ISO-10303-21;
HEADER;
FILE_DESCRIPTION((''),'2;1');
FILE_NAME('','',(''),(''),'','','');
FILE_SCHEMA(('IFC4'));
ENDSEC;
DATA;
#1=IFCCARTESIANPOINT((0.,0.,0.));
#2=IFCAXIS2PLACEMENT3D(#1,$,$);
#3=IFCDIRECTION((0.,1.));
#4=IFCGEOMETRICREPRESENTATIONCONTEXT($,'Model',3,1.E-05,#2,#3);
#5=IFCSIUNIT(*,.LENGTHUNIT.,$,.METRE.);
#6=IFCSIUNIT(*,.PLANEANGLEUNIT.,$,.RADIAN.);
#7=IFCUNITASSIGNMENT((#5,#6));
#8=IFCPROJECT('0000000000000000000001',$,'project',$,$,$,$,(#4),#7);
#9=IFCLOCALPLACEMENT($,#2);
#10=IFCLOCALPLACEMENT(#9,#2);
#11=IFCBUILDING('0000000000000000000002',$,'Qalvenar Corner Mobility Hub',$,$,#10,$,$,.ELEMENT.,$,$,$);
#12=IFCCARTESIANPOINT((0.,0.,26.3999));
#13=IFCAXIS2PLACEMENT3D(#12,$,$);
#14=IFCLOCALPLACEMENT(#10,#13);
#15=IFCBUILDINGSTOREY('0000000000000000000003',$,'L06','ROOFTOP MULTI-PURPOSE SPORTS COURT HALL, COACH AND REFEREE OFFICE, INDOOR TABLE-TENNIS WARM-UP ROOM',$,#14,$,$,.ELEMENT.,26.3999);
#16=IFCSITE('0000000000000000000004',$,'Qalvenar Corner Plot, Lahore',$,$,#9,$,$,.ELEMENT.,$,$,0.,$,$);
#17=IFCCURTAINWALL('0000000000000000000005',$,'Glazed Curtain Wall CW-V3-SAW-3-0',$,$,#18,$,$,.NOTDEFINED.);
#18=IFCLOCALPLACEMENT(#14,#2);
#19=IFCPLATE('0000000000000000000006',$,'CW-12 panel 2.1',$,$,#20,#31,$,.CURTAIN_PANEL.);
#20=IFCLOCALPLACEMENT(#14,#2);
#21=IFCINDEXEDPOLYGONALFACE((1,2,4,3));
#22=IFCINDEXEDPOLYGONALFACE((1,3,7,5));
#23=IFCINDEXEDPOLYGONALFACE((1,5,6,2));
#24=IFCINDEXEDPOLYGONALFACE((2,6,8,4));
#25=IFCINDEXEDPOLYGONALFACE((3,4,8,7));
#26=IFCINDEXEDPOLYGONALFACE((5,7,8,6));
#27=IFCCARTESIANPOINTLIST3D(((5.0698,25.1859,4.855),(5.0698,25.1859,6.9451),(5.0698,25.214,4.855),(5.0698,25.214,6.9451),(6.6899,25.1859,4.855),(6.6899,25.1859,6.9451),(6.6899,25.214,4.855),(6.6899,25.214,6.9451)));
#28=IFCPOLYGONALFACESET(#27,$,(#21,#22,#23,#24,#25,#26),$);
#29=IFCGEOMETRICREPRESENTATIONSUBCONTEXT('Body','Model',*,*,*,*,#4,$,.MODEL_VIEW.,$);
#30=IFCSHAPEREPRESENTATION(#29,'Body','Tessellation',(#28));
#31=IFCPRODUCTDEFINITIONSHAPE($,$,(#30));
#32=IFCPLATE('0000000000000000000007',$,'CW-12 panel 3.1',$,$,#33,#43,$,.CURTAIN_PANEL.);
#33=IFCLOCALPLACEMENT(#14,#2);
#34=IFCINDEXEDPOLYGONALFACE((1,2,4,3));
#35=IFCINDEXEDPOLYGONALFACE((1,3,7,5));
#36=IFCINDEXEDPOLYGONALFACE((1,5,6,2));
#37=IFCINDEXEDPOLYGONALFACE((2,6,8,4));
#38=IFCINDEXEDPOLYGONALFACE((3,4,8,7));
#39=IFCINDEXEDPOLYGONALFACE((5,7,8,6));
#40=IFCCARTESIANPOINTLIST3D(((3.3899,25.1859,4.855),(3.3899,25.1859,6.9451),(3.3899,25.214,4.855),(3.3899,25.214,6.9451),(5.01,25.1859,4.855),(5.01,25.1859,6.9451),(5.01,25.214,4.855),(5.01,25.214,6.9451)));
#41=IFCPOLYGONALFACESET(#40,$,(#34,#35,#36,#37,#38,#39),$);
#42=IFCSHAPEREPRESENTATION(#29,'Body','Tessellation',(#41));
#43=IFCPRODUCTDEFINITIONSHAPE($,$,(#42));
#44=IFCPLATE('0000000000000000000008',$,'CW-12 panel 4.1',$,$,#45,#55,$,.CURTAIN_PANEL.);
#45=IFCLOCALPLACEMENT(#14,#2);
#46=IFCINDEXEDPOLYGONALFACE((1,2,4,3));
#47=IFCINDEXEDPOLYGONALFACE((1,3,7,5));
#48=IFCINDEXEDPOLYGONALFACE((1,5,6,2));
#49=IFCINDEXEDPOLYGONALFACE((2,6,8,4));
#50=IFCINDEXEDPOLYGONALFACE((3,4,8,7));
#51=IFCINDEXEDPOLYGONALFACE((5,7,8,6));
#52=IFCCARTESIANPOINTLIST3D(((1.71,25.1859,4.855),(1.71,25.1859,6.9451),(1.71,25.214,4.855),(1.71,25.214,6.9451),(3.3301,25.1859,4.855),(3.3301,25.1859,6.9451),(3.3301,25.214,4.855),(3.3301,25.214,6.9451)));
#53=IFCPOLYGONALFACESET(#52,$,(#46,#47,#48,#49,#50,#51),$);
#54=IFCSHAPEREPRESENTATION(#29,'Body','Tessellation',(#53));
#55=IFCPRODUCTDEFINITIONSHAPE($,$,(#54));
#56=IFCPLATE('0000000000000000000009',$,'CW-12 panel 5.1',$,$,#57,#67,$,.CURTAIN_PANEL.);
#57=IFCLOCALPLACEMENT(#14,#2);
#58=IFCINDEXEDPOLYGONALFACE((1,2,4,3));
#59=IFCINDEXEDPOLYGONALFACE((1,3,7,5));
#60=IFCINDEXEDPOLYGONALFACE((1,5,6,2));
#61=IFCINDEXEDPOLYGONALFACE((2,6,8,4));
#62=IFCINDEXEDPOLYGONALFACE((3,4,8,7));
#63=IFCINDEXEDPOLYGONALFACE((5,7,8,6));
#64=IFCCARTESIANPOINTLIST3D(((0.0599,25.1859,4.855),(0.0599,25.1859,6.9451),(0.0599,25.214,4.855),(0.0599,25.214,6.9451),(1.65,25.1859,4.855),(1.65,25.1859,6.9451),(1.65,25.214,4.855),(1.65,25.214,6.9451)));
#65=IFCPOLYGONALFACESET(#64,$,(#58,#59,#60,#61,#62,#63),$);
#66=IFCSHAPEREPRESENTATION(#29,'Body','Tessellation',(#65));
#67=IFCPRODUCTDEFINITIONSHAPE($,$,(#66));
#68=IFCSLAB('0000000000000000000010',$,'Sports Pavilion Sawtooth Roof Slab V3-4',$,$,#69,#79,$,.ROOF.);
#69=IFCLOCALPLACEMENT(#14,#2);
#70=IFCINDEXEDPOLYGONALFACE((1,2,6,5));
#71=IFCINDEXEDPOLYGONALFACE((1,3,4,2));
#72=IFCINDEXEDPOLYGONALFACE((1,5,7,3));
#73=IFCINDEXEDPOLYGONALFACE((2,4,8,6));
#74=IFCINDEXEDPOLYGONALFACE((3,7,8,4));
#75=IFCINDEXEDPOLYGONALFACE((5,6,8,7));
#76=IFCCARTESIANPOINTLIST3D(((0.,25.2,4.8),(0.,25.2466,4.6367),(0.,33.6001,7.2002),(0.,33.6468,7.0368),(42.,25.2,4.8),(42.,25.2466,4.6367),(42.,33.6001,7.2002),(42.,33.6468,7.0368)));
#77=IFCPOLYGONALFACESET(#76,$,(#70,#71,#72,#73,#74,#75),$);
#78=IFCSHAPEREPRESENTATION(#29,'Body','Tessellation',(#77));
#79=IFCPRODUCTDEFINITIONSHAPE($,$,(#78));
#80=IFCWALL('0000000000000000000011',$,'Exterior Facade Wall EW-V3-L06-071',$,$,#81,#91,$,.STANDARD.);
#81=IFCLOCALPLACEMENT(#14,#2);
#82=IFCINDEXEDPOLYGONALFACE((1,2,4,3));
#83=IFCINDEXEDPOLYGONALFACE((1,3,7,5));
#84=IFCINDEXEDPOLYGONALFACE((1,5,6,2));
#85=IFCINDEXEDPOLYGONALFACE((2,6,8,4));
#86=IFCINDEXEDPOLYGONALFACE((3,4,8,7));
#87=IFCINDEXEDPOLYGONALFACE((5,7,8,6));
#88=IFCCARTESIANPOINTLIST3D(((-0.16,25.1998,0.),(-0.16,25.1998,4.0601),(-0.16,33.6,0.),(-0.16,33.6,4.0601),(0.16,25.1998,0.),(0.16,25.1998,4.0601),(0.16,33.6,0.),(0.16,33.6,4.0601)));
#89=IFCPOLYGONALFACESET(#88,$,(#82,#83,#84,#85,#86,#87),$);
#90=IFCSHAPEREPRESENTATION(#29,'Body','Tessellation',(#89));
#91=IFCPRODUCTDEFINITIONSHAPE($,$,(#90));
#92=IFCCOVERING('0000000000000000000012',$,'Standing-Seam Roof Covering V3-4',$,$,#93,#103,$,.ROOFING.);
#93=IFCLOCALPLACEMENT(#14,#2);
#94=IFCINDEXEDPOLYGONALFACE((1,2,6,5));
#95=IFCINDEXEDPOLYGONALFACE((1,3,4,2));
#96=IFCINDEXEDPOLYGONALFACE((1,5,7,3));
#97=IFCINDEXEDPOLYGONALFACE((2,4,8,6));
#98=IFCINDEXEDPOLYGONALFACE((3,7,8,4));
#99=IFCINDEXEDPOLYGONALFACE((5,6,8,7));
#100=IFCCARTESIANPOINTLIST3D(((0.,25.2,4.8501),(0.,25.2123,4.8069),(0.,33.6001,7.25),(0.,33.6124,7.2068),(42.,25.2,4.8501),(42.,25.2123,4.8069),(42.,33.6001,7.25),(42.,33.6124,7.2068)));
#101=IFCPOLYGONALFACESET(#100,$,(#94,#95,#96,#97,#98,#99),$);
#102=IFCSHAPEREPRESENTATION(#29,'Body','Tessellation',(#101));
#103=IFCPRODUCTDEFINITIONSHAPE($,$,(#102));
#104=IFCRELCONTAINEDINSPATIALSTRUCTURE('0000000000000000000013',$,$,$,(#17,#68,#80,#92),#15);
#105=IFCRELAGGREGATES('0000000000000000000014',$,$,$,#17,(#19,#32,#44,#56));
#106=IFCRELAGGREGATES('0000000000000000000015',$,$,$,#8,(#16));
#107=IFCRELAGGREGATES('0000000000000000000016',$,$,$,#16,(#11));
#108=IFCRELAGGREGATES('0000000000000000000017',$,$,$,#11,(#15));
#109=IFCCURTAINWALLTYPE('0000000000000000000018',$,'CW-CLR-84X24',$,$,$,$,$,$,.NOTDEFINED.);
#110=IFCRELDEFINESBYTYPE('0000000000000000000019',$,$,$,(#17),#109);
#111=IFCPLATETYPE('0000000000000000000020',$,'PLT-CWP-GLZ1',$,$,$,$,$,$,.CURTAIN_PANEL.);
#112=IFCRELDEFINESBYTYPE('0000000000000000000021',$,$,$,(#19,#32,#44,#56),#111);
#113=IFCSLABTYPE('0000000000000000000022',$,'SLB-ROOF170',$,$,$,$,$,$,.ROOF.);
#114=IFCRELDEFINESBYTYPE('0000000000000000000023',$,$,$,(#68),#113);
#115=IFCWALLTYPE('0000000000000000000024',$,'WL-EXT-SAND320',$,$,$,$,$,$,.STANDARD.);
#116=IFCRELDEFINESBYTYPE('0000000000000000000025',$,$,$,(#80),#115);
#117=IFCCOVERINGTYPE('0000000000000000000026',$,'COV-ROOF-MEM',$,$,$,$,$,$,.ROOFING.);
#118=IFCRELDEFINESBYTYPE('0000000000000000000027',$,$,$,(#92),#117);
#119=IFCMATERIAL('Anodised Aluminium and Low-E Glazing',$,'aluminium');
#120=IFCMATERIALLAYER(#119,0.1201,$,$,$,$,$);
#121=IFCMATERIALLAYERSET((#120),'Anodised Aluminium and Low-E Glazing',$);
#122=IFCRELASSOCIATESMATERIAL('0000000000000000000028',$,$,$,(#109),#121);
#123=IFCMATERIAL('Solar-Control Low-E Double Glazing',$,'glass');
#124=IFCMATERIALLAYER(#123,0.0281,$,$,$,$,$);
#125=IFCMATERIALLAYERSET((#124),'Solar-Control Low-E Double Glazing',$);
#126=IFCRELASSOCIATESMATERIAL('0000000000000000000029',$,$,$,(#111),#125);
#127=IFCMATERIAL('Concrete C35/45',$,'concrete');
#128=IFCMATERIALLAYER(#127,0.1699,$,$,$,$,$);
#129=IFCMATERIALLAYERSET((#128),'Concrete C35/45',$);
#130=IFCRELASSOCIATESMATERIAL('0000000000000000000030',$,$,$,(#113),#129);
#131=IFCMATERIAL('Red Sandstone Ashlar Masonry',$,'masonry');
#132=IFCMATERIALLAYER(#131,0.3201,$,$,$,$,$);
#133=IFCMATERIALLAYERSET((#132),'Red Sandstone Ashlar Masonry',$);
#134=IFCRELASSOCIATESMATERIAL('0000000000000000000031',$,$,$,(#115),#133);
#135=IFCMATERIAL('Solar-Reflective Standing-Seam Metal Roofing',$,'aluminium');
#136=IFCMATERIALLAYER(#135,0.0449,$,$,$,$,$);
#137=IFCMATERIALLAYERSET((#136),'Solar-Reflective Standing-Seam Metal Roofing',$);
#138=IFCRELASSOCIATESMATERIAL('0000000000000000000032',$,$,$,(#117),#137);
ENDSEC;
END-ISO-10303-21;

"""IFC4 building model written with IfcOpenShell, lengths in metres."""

from ifc_helpers import new_model, si_unit, direction, frame, frame_2d, origin, origin_2d, place, context, subcontext, project, spatial, polyline, rectangle, outline, extrude, material, layer, layer_set, type_object, element, aggregate, save


model = new_model("IFC4")

# Units and contexts
model_context = context("Model", 3, precision=1e-05, world=origin(), true_north=direction((0.0, 1.0)))
body_context = subcontext(model_context, "Body", "Model", "MODEL_VIEW")
ifc_project = project(units=[si_unit("LENGTHUNIT", "METRE"), si_unit("PLANEANGLEUNIT", "RADIAN")], contexts=[model_context])

# Site, building, storey
site_placement = place(None, origin())
site = spatial("IfcSite", under=ifc_project, at=site_placement, Name="Qalvenar Corner Plot, Lahore", CompositionType="ELEMENT", RefElevation=0.0)
building_placement = place(site_placement, origin())
building = spatial("IfcBuilding", under=site, at=building_placement, Name="Qalvenar Corner Mobility Hub", CompositionType="ELEMENT")
storey_placement = place(building_placement, frame((0.0, 0.0, 26.3999)))
storey = spatial("IfcBuildingStorey", under=building, at=storey_placement, Name="L06", Description="ROOFTOP MULTI-PURPOSE SPORTS COURT HALL, COACH AND REFEREE OFFICE, INDOOR TABLE-TENNIS WARM-UP ROOM", CompositionType="ELEMENT", Elevation=26.3999)

# Curtain wall
ifc_material_1 = material(Name="Anodised Aluminium and Low-E Glazing", Category="aluminium")
ifc_layer_1 = layer(ifc_material_1, 0.1201)
ifc_layer_set_1 = layer_set([ifc_layer_1], Name="Anodised Aluminium and Low-E Glazing")
curtain_wall_type_1 = type_object("IfcCurtainWallType", Name="CW-CLR-84X24", PredefinedType="NOTDEFINED", material=ifc_layer_set_1)
curtain_wall_1_placement = place(storey_placement, origin())
curtain_wall_1 = element("IfcCurtainWall", 1, at=curtain_wall_1_placement, inside=storey, type_object=curtain_wall_type_1, Name="Glazed Curtain Wall CW-V3-SAW-3-0", PredefinedType="NOTDEFINED")

# Plates
ifc_material_2 = material(Name="Solar-Control Low-E Double Glazing", Category="glass")
ifc_layer_2 = layer(ifc_material_2, 0.0281)
ifc_layer_set_2 = layer_set([ifc_layer_2], Name="Solar-Control Low-E Double Glazing")
plate_type = type_object("IfcPlateType", Name="PLT-CWP-GLZ1", PredefinedType="CURTAIN_PANEL", material=ifc_layer_set_2)
plate_1_placement = place(storey_placement, frame((5.8799, 25.2, 4.855), z_axis=(0.0, 0.0, 1.0), x_axis=(-1.0, 0.0, 0.0)))
plate_1 = element("IfcPlate", 2, at=plate_1_placement, type_object=plate_type, Name="CW-12 panel 2.1", PredefinedType="CURTAIN_PANEL", context=body_context, shape_type="SweptSolid", body=[
    extrude(rectangle(XDim=1.6201, YDim=0.0281, at=origin_2d()), origin(), (0.0, 0.0, 1.0), 2.0901),
])
plate_2_placement = place(storey_placement, frame((4.2, 25.2, 4.855), z_axis=(0.0, 0.0, 1.0), x_axis=(-1.0, 0.0, 0.0)))
plate_2 = element("IfcPlate", 3, at=plate_2_placement, type_object=plate_type, Name="CW-12 panel 3.1", PredefinedType="CURTAIN_PANEL", context=body_context, shape_type="SweptSolid", body=[
    extrude(rectangle(XDim=1.6201, YDim=0.0281, at=origin_2d()), origin(), (0.0, 0.0, 1.0), 2.0901),
])
plate_3_placement = place(storey_placement, frame((2.52, 25.2, 4.855), z_axis=(0.0, 0.0, 1.0), x_axis=(-1.0, 0.0, 0.0)))
plate_3 = element("IfcPlate", 4, at=plate_3_placement, type_object=plate_type, Name="CW-12 panel 4.1", PredefinedType="CURTAIN_PANEL", context=body_context, shape_type="SweptSolid", body=[
    extrude(rectangle(XDim=1.6201, YDim=0.0281, at=origin_2d()), origin(), (0.0, 0.0, 1.0), 2.0901),
])
plate_4_placement = place(storey_placement, frame((0.855, 25.2, 4.855), z_axis=(0.0, 0.0, 1.0), x_axis=(-1.0, 0.0, 0.0)))
plate_4 = element("IfcPlate", 5, at=plate_4_placement, type_object=plate_type, Name="CW-12 panel 5.1", PredefinedType="CURTAIN_PANEL", context=body_context, shape_type="SweptSolid", body=[
    extrude(rectangle(XDim=1.5901, YDim=0.0281, at=origin_2d()), origin(), (0.0, 0.0, 1.0), 2.0901),
])
aggregate(curtain_wall_1, [plate_1, plate_2, plate_3, plate_4])

# Slab
ifc_material_3 = material(Name="Concrete C35/45", Category="concrete")
ifc_layer_3 = layer(ifc_material_3, 0.1699)
ifc_layer_set_3 = layer_set([ifc_layer_3], Name="Concrete C35/45")
slab_type = type_object("IfcSlabType", Name="SLB-ROOF170", PredefinedType="ROOF", material=ifc_layer_set_3)
slab_placement = place(storey_placement, frame((0.0, 25.2, 4.8), z_axis=(0.0, -0.274732, 0.961521), x_axis=(1.0, 0.0, 0.0)))
element("IfcSlab", 6, at=slab_placement, inside=storey, type_object=slab_type, Name="Sports Pavilion Sawtooth Roof Slab V3-4", PredefinedType="ROOF", context=body_context, shape_type="SweptSolid", body=[
    extrude(outline(polyline([(0.0, 0.0), (42.0, 0.0), (42.0, 8.7363), (0.0, 8.7363), (0.0, 0.0)])), origin(), (0.0, 0.0, -1.0), 0.1699),
])

# Wall
ifc_material_4 = material(Name="Red Sandstone Ashlar Masonry", Category="masonry")
ifc_layer_4 = layer(ifc_material_4, 0.3201)
ifc_layer_set_4 = layer_set([ifc_layer_4], Name="Red Sandstone Ashlar Masonry")
wall_type = type_object("IfcWallType", Name="WL-EXT-SAND320", PredefinedType="STANDARD", material=ifc_layer_set_4)
wall_placement = place(storey_placement, frame((0.0, 33.6001, 0.0), z_axis=(0.0, 0.0, 1.0), x_axis=(0.0, -1.0, 0.0)))
element("IfcWall", 7, at=wall_placement, inside=storey, type_object=wall_type, Name="Exterior Facade Wall EW-V3-L06-071", PredefinedType="STANDARD", context=body_context, shape_type="SweptSolid", body=[
    extrude(rectangle(XDim=8.4001, YDim=0.3201, at=frame_2d((4.2002, 0.0))), origin(), (0.0, 0.0, 1.0), 4.0601),
])

# Covering
ifc_material_5 = material(Name="Solar-Reflective Standing-Seam Metal Roofing", Category="aluminium")
ifc_layer_5 = layer(ifc_material_5, 0.0449)
ifc_layer_set_5 = layer_set([ifc_layer_5], Name="Solar-Reflective Standing-Seam Metal Roofing")
covering_type = type_object("IfcCoveringType", Name="COV-ROOF-MEM", PredefinedType="ROOFING", material=ifc_layer_set_5)
covering_placement = place(storey_placement, frame((0.0, 25.2, 4.8501), z_axis=(0.0, -0.274706, 0.961528), x_axis=(1.0, 0.0, 0.0)))
element("IfcCovering", 8, at=covering_placement, inside=storey, type_object=covering_type, Name="Standing-Seam Roof Covering V3-4", PredefinedType="ROOFING", context=body_context, shape_type="SweptSolid", body=[
    extrude(outline(polyline([(0.0, 0.0), (42.0, 0.0), (42.0, 8.7362), (0.0, 8.7362), (0.0, 0.0)])), origin(), (0.0, 0.0, -1.0), 0.0449),
])

save(model, "model.ifc")
